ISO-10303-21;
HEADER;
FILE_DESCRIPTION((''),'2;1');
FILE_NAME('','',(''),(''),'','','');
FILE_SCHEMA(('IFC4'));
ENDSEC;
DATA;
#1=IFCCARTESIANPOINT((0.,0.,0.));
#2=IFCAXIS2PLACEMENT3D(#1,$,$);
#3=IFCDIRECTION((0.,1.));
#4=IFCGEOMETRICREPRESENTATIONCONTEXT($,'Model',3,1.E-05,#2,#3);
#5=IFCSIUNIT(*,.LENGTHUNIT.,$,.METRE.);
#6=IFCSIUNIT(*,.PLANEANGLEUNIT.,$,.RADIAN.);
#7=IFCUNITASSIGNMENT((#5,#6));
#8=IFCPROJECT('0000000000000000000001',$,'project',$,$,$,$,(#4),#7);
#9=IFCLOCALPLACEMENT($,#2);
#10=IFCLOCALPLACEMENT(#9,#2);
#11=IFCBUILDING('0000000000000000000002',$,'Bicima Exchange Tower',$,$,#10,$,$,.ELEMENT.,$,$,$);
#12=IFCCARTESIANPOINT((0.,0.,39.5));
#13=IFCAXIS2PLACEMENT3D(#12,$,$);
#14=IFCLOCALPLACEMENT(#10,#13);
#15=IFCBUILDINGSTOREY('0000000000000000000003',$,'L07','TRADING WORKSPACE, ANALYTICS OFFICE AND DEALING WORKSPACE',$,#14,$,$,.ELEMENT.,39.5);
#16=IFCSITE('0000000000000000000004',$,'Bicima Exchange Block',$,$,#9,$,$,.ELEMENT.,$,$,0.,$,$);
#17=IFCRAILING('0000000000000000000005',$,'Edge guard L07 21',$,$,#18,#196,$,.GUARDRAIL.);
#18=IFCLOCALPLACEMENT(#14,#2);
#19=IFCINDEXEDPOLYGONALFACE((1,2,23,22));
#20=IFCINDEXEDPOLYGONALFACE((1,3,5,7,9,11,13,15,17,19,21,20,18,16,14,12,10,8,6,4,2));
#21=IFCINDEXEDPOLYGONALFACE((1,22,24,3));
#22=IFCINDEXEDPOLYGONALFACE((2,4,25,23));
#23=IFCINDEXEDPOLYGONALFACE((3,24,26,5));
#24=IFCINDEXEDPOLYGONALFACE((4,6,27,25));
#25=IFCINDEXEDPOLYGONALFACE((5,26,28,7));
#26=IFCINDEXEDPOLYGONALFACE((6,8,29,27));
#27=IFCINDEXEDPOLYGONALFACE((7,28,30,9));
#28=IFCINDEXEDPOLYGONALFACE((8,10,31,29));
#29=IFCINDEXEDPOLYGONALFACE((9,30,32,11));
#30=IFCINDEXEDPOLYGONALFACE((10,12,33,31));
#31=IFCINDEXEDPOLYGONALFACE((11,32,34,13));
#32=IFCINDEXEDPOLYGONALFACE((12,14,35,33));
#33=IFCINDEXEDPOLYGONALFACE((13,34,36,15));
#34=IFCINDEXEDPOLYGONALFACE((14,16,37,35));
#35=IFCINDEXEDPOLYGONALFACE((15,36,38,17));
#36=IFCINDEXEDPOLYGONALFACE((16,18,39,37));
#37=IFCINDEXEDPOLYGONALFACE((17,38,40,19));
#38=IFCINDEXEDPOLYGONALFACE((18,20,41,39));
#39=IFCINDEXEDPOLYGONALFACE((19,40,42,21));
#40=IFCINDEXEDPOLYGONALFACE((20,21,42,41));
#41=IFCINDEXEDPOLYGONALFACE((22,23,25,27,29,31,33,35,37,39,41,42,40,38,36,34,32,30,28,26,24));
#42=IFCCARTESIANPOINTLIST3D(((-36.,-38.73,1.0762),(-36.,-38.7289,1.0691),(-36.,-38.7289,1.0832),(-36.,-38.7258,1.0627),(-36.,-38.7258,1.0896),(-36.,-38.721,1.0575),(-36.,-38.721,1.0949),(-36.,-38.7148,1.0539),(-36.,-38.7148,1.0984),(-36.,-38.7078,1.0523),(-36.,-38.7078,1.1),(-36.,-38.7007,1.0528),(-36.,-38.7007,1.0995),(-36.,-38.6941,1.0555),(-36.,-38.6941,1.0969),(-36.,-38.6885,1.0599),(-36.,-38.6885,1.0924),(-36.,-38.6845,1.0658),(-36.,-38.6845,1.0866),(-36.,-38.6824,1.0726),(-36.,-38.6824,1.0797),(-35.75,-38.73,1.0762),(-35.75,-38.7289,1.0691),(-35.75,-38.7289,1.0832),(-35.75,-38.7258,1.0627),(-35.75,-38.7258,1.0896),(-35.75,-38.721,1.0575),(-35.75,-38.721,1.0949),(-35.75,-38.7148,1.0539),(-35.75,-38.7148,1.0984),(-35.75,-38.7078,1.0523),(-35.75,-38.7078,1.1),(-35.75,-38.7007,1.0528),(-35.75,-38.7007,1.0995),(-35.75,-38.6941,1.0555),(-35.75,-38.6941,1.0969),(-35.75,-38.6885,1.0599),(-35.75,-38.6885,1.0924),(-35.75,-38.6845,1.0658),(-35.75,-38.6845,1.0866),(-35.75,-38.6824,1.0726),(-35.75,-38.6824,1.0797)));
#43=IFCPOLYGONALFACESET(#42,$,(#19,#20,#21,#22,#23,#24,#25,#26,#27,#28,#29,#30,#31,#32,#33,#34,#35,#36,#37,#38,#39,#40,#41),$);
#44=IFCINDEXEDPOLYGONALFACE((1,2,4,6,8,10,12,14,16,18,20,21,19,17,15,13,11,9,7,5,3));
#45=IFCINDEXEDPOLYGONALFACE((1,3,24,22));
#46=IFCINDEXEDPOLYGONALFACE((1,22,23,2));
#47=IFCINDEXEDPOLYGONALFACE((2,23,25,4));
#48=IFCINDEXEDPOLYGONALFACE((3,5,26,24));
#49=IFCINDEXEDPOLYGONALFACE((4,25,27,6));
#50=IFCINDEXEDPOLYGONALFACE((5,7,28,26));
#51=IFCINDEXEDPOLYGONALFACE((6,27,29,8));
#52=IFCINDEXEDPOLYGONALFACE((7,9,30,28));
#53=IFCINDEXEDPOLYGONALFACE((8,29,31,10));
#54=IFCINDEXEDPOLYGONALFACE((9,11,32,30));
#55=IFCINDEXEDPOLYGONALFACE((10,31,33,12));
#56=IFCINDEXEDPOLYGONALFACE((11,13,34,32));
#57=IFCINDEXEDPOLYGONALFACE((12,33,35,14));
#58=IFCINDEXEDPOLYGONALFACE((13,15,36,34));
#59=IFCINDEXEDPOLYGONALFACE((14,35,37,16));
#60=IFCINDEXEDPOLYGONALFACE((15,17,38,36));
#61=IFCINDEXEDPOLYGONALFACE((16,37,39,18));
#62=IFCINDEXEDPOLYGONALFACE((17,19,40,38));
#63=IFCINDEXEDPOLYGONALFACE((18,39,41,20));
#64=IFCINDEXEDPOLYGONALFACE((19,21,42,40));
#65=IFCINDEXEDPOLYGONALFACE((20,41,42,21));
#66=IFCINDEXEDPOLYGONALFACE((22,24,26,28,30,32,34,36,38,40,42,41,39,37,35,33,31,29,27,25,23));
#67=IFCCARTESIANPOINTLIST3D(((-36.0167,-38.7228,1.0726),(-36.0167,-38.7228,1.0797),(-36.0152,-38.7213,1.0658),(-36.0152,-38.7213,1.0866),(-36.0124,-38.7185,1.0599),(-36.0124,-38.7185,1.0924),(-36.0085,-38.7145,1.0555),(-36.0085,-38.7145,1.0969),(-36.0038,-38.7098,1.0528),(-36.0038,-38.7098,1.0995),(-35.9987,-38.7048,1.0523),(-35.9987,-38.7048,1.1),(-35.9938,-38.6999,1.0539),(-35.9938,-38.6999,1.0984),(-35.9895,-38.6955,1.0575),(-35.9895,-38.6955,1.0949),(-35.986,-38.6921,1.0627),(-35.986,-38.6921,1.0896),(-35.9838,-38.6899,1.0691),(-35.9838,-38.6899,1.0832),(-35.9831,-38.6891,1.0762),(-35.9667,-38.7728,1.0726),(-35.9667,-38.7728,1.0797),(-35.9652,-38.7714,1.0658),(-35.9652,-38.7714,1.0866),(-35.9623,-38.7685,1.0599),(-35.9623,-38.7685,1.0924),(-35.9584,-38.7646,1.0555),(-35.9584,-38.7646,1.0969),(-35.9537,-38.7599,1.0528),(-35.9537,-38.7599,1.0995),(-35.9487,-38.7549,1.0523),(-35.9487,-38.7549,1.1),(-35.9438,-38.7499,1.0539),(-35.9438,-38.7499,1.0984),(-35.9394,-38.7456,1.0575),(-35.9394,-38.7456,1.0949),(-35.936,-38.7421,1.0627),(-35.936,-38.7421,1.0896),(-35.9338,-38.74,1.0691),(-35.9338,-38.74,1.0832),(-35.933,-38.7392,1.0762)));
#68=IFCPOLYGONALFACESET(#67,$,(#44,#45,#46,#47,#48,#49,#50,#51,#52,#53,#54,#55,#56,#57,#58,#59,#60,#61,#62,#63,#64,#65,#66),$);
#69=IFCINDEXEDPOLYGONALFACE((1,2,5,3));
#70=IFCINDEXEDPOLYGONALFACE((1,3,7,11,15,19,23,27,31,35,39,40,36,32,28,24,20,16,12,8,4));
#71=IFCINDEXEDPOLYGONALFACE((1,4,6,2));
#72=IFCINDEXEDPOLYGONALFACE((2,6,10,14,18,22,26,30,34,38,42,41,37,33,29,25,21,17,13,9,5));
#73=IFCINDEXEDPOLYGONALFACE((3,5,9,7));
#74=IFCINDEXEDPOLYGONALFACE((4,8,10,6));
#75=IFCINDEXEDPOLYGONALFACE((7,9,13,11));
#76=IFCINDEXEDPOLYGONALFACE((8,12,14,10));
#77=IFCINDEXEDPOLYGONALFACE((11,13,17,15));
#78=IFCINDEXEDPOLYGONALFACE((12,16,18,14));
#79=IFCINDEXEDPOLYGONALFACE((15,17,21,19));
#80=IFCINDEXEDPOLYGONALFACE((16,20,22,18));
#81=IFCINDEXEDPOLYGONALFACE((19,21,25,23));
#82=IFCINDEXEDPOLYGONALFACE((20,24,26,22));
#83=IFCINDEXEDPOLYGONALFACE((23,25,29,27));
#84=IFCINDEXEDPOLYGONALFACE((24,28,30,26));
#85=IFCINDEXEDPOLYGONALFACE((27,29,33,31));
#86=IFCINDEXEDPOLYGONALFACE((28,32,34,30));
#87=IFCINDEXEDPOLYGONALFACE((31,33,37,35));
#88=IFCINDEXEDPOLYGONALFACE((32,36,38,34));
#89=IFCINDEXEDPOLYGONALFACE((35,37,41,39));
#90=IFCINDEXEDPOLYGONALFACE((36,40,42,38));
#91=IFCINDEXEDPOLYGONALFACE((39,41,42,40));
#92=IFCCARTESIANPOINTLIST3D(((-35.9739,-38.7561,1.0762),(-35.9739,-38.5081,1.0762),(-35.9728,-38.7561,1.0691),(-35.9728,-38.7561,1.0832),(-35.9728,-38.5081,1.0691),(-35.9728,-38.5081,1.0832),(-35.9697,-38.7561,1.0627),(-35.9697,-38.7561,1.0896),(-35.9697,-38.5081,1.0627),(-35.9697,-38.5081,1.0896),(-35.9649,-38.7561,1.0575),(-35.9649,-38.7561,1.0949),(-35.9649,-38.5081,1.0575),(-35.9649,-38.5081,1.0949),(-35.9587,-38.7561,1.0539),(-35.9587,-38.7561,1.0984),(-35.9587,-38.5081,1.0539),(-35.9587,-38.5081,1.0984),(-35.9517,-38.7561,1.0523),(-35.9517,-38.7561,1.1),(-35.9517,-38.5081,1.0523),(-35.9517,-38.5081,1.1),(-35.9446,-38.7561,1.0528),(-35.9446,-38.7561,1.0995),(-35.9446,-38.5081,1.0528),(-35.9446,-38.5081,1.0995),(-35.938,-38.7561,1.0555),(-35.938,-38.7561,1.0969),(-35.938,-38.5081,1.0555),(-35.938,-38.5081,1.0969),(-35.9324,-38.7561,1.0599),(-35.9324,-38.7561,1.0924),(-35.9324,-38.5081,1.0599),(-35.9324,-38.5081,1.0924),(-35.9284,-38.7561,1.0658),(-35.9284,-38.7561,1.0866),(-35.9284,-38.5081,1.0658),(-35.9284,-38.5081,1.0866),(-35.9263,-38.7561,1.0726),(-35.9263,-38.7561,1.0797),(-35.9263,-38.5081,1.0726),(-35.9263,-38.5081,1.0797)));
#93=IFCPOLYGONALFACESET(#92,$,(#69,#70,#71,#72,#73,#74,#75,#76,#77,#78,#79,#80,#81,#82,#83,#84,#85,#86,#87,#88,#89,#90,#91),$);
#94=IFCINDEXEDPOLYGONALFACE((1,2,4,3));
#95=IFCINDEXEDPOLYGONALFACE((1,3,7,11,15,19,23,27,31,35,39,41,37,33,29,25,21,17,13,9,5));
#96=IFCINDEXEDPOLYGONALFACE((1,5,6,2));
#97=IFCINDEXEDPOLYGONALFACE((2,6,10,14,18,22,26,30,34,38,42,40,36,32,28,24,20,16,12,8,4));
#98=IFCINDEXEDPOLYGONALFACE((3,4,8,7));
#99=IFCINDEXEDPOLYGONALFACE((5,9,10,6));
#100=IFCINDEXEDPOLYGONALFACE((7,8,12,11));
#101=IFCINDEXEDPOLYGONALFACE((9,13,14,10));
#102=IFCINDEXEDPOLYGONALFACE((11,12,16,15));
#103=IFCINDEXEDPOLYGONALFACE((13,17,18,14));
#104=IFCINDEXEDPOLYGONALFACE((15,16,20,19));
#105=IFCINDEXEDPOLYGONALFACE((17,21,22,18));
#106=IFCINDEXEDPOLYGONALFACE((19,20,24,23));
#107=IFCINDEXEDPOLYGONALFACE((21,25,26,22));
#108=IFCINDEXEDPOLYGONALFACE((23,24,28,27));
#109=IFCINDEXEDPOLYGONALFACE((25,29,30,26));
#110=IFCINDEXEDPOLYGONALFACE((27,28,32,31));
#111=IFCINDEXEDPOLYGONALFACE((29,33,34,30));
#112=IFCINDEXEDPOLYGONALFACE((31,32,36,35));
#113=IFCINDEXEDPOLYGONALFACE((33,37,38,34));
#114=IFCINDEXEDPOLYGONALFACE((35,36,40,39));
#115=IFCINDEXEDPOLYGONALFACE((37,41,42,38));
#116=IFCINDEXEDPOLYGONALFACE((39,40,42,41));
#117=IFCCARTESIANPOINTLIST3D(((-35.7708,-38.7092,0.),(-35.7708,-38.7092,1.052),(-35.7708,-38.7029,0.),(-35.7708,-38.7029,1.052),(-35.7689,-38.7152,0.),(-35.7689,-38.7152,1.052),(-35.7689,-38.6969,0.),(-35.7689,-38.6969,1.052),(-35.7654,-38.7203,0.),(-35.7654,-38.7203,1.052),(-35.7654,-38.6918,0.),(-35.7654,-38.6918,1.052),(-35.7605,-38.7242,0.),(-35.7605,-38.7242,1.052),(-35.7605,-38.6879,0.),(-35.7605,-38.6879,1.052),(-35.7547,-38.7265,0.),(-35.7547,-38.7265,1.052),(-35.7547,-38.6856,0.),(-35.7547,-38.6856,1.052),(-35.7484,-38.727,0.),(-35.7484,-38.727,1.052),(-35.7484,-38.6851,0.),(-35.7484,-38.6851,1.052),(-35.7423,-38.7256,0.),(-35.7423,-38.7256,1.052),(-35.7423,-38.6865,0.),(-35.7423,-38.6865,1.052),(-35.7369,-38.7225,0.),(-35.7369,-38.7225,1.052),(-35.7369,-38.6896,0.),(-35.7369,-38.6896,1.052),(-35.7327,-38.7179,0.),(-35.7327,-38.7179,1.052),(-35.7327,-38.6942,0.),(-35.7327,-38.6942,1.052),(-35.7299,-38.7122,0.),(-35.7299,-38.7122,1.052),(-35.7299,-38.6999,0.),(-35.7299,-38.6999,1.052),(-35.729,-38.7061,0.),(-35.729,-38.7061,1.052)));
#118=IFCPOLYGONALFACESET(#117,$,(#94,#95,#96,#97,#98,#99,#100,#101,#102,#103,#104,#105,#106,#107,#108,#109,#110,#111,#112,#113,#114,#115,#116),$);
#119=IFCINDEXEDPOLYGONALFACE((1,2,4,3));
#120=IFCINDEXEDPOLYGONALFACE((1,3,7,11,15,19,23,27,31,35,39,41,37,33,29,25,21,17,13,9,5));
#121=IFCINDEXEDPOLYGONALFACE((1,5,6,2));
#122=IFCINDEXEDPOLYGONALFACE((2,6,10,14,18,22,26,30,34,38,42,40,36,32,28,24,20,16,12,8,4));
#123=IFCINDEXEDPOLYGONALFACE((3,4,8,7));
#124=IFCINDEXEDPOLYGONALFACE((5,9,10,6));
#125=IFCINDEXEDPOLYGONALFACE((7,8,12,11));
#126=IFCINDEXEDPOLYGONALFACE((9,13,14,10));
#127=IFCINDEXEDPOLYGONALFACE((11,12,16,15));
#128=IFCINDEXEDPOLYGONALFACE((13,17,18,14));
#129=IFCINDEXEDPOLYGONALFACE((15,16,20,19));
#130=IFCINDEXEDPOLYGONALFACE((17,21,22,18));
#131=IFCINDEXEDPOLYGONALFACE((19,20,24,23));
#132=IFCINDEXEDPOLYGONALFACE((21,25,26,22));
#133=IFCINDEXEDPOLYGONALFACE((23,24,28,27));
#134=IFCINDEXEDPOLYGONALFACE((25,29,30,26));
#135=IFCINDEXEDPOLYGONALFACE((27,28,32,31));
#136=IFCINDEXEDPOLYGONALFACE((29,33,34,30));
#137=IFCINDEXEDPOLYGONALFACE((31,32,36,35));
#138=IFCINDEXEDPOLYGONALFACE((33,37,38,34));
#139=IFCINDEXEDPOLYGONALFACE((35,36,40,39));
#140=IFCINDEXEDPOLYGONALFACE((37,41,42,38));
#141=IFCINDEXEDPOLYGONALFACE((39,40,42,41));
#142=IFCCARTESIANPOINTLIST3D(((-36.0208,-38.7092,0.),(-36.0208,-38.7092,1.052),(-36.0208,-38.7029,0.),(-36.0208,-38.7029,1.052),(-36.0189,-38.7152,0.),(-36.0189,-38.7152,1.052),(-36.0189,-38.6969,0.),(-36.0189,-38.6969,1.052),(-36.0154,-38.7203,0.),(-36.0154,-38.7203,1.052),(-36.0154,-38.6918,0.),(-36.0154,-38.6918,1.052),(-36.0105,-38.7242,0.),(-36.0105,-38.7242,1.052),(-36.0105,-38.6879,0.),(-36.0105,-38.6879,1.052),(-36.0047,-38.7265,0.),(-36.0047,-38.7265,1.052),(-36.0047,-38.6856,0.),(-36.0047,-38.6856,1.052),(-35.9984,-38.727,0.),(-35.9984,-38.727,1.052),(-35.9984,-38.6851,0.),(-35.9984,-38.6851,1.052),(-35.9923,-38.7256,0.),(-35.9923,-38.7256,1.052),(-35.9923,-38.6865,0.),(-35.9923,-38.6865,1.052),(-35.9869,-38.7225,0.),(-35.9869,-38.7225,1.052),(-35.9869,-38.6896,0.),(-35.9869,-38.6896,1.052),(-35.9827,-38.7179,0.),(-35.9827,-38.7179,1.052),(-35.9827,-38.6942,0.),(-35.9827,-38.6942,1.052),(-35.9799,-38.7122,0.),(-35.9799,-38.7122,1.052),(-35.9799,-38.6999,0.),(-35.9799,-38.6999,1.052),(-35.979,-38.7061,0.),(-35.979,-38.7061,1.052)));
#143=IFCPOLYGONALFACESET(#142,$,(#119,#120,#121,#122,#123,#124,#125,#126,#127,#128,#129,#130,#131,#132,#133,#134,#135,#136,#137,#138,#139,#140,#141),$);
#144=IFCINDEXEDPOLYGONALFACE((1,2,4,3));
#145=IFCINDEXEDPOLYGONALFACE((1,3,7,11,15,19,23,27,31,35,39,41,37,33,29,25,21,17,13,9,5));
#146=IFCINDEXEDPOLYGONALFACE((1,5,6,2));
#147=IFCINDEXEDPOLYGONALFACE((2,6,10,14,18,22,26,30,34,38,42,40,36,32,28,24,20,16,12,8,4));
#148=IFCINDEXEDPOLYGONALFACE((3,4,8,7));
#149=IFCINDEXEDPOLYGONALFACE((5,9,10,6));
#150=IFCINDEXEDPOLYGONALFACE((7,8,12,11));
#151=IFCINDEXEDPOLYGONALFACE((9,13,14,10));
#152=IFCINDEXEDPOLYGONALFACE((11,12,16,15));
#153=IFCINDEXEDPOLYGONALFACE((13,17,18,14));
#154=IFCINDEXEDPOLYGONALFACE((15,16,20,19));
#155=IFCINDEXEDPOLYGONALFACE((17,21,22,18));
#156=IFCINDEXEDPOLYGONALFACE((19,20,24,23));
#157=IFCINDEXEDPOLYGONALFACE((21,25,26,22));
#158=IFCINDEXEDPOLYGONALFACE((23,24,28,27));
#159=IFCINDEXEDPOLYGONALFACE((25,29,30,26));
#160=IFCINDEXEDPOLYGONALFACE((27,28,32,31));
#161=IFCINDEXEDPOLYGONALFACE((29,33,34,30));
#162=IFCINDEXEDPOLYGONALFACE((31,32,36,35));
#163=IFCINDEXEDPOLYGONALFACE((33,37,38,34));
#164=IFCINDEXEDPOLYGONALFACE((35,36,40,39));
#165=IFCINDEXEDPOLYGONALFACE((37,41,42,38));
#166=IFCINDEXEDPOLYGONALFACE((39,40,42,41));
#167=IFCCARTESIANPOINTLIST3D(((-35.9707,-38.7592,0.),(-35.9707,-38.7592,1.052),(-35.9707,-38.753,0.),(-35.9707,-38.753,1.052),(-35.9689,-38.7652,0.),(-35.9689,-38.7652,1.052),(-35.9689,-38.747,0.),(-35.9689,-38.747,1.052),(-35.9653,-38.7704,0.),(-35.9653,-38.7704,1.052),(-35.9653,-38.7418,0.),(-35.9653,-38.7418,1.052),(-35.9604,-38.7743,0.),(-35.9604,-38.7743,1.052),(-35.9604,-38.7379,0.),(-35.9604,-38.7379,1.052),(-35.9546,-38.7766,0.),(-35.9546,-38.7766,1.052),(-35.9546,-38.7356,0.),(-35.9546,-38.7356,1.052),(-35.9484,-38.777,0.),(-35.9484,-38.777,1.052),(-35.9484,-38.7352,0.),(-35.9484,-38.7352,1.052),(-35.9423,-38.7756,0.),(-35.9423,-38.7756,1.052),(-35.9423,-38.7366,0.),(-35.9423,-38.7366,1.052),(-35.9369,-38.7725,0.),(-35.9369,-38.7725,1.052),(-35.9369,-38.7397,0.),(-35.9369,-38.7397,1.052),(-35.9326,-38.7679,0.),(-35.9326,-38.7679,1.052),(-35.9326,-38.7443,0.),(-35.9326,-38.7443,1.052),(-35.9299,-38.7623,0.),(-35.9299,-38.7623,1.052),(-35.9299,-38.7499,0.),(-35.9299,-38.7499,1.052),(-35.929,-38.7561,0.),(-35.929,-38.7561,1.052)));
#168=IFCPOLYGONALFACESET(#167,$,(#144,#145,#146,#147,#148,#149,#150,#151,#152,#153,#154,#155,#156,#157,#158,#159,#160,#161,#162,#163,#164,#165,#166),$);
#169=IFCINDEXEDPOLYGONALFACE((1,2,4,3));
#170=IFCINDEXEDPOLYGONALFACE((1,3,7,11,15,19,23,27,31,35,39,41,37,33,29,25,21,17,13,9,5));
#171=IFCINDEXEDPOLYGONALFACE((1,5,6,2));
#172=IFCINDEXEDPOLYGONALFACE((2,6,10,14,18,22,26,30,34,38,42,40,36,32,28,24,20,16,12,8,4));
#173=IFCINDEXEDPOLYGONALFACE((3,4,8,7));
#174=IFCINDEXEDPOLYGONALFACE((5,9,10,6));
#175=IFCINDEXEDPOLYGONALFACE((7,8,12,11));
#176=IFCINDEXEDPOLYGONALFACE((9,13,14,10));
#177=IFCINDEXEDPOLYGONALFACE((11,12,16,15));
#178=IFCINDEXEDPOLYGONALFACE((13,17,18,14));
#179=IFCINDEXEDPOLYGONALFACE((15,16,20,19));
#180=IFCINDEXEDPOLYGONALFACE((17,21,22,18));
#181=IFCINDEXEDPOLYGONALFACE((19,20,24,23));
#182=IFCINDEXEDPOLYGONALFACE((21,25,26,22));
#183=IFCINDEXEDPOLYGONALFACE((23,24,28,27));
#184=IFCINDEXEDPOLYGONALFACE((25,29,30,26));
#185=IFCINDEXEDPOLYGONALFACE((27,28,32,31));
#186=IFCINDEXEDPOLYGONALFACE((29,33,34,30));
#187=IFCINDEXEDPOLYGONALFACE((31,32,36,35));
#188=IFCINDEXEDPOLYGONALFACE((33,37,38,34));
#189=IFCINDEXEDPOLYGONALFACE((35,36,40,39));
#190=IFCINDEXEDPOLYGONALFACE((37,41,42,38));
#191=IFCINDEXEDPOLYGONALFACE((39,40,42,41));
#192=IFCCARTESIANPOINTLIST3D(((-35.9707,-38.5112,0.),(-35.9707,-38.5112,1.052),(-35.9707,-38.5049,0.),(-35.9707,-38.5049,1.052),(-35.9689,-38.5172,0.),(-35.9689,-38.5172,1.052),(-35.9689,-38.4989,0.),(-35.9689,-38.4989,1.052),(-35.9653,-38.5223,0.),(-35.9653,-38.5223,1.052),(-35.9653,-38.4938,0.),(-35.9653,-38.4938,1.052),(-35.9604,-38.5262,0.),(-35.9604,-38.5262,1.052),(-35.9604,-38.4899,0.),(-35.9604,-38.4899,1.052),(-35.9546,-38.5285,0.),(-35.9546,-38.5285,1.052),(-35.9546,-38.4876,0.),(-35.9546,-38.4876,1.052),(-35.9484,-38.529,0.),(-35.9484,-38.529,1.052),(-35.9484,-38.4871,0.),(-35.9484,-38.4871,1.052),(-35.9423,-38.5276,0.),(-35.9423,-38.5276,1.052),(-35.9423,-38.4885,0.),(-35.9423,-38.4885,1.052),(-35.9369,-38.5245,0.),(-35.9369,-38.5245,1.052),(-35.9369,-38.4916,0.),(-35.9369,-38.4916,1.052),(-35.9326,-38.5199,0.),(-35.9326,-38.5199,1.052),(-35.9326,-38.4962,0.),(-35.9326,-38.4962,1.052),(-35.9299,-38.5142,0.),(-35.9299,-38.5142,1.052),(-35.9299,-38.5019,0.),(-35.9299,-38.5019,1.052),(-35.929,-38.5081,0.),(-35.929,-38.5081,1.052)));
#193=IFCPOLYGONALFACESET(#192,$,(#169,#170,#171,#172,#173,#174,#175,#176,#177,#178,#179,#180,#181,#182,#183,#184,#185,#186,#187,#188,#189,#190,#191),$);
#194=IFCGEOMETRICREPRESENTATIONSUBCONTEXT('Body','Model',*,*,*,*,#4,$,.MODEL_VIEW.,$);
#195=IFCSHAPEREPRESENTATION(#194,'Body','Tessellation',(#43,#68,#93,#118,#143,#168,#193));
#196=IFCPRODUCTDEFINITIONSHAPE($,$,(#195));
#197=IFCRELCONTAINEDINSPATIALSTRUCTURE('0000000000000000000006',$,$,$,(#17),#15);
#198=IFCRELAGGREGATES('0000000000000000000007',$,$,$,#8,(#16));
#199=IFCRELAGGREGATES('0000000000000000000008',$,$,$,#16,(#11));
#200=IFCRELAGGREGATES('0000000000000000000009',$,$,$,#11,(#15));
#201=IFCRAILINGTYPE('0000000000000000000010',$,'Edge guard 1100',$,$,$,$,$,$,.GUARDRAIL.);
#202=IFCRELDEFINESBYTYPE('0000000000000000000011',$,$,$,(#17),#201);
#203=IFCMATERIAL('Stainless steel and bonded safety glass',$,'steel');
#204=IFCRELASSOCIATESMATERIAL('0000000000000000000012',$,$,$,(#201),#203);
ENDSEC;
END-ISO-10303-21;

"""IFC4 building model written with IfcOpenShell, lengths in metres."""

from ifc_helpers import new_model, si_unit, direction, frame, origin, origin_2d, place, context, subcontext, project, spatial, circle, extrude, material, type_object, element, save


model = new_model("IFC4")

# Units and contexts
model_context = context("Model", 3, precision=1e-05, world=origin(), true_north=direction((0.0, 1.0)))
body_context = subcontext(model_context, "Body", "Model", "MODEL_VIEW")
ifc_project = project(units=[si_unit("LENGTHUNIT", "METRE"), si_unit("PLANEANGLEUNIT", "RADIAN")], contexts=[model_context])

# Site, building, storey
site_placement = place(None, origin())
site = spatial("IfcSite", under=ifc_project, at=site_placement, Name="Bicima Exchange Block", CompositionType="ELEMENT", RefElevation=0.0)
building_placement = place(site_placement, origin())
building = spatial("IfcBuilding", under=site, at=building_placement, Name="Bicima Exchange Tower", CompositionType="ELEMENT")
storey_placement = place(building_placement, frame((0.0, 0.0, 39.5)))
storey = spatial("IfcBuildingStorey", under=building, at=storey_placement, Name="L07", Description="TRADING WORKSPACE, ANALYTICS OFFICE AND DEALING WORKSPACE", CompositionType="ELEMENT", Elevation=39.5)

# Railing
ifc_material_1 = material(Name="Stainless steel and bonded safety glass", Category="steel")
railing_type = type_object("IfcRailingType", Name="Edge guard 1100", PredefinedType="GUARDRAIL", material=ifc_material_1)
railing_1_placement = place(storey_placement, frame((-35.75, -38.7061, 0.0)))
element("IfcRailing", 1, at=railing_1_placement, inside=storey, type_object=railing_type, Name="Edge guard L07 21", PredefinedType="GUARDRAIL", context=body_context, shape_type="SweptSolid", body=[
    extrude(circle(Radius=0.0239, at=origin_2d()), frame((0.0, 0.0, 1.0762), z_axis=(-1.0, 0.0, 0.0), x_axis=(0.0, -1.0, 0.0)), (0.0, 0.0, 1.0), 0.25),
    extrude(circle(Radius=0.0239, at=origin_2d()), frame((-0.25, 0.0, 1.0762), z_axis=(0.707107, -0.707107, 0.0), x_axis=(0.707107, 0.707107, 0.0)), (0.0, 0.0, 1.0), 0.0708),
    extrude(circle(Radius=0.0239, at=origin_2d()), frame((-0.2, -0.05, 1.0762), z_axis=(0.0, 1.0, 0.0), x_axis=(-1.0, 0.0, 0.0)), (0.0, 0.0, 1.0), 0.248),
    extrude(circle(Radius=0.021, at=origin_2d()), origin(), (0.0, 0.0, 1.0), 1.052),
    extrude(circle(Radius=0.021, at=origin_2d()), frame((-0.25, 0.0, 0.0)), (0.0, 0.0, 1.0), 1.052),
    extrude(circle(Radius=0.021, at=origin_2d()), frame((-0.2, -0.05, 0.0)), (0.0, 0.0, 1.0), 1.052),
    extrude(circle(Radius=0.021, at=origin_2d()), frame((-0.2, 0.198, 0.0)), (0.0, 0.0, 1.0), 1.052),
])

save(model, "model.ifc")
